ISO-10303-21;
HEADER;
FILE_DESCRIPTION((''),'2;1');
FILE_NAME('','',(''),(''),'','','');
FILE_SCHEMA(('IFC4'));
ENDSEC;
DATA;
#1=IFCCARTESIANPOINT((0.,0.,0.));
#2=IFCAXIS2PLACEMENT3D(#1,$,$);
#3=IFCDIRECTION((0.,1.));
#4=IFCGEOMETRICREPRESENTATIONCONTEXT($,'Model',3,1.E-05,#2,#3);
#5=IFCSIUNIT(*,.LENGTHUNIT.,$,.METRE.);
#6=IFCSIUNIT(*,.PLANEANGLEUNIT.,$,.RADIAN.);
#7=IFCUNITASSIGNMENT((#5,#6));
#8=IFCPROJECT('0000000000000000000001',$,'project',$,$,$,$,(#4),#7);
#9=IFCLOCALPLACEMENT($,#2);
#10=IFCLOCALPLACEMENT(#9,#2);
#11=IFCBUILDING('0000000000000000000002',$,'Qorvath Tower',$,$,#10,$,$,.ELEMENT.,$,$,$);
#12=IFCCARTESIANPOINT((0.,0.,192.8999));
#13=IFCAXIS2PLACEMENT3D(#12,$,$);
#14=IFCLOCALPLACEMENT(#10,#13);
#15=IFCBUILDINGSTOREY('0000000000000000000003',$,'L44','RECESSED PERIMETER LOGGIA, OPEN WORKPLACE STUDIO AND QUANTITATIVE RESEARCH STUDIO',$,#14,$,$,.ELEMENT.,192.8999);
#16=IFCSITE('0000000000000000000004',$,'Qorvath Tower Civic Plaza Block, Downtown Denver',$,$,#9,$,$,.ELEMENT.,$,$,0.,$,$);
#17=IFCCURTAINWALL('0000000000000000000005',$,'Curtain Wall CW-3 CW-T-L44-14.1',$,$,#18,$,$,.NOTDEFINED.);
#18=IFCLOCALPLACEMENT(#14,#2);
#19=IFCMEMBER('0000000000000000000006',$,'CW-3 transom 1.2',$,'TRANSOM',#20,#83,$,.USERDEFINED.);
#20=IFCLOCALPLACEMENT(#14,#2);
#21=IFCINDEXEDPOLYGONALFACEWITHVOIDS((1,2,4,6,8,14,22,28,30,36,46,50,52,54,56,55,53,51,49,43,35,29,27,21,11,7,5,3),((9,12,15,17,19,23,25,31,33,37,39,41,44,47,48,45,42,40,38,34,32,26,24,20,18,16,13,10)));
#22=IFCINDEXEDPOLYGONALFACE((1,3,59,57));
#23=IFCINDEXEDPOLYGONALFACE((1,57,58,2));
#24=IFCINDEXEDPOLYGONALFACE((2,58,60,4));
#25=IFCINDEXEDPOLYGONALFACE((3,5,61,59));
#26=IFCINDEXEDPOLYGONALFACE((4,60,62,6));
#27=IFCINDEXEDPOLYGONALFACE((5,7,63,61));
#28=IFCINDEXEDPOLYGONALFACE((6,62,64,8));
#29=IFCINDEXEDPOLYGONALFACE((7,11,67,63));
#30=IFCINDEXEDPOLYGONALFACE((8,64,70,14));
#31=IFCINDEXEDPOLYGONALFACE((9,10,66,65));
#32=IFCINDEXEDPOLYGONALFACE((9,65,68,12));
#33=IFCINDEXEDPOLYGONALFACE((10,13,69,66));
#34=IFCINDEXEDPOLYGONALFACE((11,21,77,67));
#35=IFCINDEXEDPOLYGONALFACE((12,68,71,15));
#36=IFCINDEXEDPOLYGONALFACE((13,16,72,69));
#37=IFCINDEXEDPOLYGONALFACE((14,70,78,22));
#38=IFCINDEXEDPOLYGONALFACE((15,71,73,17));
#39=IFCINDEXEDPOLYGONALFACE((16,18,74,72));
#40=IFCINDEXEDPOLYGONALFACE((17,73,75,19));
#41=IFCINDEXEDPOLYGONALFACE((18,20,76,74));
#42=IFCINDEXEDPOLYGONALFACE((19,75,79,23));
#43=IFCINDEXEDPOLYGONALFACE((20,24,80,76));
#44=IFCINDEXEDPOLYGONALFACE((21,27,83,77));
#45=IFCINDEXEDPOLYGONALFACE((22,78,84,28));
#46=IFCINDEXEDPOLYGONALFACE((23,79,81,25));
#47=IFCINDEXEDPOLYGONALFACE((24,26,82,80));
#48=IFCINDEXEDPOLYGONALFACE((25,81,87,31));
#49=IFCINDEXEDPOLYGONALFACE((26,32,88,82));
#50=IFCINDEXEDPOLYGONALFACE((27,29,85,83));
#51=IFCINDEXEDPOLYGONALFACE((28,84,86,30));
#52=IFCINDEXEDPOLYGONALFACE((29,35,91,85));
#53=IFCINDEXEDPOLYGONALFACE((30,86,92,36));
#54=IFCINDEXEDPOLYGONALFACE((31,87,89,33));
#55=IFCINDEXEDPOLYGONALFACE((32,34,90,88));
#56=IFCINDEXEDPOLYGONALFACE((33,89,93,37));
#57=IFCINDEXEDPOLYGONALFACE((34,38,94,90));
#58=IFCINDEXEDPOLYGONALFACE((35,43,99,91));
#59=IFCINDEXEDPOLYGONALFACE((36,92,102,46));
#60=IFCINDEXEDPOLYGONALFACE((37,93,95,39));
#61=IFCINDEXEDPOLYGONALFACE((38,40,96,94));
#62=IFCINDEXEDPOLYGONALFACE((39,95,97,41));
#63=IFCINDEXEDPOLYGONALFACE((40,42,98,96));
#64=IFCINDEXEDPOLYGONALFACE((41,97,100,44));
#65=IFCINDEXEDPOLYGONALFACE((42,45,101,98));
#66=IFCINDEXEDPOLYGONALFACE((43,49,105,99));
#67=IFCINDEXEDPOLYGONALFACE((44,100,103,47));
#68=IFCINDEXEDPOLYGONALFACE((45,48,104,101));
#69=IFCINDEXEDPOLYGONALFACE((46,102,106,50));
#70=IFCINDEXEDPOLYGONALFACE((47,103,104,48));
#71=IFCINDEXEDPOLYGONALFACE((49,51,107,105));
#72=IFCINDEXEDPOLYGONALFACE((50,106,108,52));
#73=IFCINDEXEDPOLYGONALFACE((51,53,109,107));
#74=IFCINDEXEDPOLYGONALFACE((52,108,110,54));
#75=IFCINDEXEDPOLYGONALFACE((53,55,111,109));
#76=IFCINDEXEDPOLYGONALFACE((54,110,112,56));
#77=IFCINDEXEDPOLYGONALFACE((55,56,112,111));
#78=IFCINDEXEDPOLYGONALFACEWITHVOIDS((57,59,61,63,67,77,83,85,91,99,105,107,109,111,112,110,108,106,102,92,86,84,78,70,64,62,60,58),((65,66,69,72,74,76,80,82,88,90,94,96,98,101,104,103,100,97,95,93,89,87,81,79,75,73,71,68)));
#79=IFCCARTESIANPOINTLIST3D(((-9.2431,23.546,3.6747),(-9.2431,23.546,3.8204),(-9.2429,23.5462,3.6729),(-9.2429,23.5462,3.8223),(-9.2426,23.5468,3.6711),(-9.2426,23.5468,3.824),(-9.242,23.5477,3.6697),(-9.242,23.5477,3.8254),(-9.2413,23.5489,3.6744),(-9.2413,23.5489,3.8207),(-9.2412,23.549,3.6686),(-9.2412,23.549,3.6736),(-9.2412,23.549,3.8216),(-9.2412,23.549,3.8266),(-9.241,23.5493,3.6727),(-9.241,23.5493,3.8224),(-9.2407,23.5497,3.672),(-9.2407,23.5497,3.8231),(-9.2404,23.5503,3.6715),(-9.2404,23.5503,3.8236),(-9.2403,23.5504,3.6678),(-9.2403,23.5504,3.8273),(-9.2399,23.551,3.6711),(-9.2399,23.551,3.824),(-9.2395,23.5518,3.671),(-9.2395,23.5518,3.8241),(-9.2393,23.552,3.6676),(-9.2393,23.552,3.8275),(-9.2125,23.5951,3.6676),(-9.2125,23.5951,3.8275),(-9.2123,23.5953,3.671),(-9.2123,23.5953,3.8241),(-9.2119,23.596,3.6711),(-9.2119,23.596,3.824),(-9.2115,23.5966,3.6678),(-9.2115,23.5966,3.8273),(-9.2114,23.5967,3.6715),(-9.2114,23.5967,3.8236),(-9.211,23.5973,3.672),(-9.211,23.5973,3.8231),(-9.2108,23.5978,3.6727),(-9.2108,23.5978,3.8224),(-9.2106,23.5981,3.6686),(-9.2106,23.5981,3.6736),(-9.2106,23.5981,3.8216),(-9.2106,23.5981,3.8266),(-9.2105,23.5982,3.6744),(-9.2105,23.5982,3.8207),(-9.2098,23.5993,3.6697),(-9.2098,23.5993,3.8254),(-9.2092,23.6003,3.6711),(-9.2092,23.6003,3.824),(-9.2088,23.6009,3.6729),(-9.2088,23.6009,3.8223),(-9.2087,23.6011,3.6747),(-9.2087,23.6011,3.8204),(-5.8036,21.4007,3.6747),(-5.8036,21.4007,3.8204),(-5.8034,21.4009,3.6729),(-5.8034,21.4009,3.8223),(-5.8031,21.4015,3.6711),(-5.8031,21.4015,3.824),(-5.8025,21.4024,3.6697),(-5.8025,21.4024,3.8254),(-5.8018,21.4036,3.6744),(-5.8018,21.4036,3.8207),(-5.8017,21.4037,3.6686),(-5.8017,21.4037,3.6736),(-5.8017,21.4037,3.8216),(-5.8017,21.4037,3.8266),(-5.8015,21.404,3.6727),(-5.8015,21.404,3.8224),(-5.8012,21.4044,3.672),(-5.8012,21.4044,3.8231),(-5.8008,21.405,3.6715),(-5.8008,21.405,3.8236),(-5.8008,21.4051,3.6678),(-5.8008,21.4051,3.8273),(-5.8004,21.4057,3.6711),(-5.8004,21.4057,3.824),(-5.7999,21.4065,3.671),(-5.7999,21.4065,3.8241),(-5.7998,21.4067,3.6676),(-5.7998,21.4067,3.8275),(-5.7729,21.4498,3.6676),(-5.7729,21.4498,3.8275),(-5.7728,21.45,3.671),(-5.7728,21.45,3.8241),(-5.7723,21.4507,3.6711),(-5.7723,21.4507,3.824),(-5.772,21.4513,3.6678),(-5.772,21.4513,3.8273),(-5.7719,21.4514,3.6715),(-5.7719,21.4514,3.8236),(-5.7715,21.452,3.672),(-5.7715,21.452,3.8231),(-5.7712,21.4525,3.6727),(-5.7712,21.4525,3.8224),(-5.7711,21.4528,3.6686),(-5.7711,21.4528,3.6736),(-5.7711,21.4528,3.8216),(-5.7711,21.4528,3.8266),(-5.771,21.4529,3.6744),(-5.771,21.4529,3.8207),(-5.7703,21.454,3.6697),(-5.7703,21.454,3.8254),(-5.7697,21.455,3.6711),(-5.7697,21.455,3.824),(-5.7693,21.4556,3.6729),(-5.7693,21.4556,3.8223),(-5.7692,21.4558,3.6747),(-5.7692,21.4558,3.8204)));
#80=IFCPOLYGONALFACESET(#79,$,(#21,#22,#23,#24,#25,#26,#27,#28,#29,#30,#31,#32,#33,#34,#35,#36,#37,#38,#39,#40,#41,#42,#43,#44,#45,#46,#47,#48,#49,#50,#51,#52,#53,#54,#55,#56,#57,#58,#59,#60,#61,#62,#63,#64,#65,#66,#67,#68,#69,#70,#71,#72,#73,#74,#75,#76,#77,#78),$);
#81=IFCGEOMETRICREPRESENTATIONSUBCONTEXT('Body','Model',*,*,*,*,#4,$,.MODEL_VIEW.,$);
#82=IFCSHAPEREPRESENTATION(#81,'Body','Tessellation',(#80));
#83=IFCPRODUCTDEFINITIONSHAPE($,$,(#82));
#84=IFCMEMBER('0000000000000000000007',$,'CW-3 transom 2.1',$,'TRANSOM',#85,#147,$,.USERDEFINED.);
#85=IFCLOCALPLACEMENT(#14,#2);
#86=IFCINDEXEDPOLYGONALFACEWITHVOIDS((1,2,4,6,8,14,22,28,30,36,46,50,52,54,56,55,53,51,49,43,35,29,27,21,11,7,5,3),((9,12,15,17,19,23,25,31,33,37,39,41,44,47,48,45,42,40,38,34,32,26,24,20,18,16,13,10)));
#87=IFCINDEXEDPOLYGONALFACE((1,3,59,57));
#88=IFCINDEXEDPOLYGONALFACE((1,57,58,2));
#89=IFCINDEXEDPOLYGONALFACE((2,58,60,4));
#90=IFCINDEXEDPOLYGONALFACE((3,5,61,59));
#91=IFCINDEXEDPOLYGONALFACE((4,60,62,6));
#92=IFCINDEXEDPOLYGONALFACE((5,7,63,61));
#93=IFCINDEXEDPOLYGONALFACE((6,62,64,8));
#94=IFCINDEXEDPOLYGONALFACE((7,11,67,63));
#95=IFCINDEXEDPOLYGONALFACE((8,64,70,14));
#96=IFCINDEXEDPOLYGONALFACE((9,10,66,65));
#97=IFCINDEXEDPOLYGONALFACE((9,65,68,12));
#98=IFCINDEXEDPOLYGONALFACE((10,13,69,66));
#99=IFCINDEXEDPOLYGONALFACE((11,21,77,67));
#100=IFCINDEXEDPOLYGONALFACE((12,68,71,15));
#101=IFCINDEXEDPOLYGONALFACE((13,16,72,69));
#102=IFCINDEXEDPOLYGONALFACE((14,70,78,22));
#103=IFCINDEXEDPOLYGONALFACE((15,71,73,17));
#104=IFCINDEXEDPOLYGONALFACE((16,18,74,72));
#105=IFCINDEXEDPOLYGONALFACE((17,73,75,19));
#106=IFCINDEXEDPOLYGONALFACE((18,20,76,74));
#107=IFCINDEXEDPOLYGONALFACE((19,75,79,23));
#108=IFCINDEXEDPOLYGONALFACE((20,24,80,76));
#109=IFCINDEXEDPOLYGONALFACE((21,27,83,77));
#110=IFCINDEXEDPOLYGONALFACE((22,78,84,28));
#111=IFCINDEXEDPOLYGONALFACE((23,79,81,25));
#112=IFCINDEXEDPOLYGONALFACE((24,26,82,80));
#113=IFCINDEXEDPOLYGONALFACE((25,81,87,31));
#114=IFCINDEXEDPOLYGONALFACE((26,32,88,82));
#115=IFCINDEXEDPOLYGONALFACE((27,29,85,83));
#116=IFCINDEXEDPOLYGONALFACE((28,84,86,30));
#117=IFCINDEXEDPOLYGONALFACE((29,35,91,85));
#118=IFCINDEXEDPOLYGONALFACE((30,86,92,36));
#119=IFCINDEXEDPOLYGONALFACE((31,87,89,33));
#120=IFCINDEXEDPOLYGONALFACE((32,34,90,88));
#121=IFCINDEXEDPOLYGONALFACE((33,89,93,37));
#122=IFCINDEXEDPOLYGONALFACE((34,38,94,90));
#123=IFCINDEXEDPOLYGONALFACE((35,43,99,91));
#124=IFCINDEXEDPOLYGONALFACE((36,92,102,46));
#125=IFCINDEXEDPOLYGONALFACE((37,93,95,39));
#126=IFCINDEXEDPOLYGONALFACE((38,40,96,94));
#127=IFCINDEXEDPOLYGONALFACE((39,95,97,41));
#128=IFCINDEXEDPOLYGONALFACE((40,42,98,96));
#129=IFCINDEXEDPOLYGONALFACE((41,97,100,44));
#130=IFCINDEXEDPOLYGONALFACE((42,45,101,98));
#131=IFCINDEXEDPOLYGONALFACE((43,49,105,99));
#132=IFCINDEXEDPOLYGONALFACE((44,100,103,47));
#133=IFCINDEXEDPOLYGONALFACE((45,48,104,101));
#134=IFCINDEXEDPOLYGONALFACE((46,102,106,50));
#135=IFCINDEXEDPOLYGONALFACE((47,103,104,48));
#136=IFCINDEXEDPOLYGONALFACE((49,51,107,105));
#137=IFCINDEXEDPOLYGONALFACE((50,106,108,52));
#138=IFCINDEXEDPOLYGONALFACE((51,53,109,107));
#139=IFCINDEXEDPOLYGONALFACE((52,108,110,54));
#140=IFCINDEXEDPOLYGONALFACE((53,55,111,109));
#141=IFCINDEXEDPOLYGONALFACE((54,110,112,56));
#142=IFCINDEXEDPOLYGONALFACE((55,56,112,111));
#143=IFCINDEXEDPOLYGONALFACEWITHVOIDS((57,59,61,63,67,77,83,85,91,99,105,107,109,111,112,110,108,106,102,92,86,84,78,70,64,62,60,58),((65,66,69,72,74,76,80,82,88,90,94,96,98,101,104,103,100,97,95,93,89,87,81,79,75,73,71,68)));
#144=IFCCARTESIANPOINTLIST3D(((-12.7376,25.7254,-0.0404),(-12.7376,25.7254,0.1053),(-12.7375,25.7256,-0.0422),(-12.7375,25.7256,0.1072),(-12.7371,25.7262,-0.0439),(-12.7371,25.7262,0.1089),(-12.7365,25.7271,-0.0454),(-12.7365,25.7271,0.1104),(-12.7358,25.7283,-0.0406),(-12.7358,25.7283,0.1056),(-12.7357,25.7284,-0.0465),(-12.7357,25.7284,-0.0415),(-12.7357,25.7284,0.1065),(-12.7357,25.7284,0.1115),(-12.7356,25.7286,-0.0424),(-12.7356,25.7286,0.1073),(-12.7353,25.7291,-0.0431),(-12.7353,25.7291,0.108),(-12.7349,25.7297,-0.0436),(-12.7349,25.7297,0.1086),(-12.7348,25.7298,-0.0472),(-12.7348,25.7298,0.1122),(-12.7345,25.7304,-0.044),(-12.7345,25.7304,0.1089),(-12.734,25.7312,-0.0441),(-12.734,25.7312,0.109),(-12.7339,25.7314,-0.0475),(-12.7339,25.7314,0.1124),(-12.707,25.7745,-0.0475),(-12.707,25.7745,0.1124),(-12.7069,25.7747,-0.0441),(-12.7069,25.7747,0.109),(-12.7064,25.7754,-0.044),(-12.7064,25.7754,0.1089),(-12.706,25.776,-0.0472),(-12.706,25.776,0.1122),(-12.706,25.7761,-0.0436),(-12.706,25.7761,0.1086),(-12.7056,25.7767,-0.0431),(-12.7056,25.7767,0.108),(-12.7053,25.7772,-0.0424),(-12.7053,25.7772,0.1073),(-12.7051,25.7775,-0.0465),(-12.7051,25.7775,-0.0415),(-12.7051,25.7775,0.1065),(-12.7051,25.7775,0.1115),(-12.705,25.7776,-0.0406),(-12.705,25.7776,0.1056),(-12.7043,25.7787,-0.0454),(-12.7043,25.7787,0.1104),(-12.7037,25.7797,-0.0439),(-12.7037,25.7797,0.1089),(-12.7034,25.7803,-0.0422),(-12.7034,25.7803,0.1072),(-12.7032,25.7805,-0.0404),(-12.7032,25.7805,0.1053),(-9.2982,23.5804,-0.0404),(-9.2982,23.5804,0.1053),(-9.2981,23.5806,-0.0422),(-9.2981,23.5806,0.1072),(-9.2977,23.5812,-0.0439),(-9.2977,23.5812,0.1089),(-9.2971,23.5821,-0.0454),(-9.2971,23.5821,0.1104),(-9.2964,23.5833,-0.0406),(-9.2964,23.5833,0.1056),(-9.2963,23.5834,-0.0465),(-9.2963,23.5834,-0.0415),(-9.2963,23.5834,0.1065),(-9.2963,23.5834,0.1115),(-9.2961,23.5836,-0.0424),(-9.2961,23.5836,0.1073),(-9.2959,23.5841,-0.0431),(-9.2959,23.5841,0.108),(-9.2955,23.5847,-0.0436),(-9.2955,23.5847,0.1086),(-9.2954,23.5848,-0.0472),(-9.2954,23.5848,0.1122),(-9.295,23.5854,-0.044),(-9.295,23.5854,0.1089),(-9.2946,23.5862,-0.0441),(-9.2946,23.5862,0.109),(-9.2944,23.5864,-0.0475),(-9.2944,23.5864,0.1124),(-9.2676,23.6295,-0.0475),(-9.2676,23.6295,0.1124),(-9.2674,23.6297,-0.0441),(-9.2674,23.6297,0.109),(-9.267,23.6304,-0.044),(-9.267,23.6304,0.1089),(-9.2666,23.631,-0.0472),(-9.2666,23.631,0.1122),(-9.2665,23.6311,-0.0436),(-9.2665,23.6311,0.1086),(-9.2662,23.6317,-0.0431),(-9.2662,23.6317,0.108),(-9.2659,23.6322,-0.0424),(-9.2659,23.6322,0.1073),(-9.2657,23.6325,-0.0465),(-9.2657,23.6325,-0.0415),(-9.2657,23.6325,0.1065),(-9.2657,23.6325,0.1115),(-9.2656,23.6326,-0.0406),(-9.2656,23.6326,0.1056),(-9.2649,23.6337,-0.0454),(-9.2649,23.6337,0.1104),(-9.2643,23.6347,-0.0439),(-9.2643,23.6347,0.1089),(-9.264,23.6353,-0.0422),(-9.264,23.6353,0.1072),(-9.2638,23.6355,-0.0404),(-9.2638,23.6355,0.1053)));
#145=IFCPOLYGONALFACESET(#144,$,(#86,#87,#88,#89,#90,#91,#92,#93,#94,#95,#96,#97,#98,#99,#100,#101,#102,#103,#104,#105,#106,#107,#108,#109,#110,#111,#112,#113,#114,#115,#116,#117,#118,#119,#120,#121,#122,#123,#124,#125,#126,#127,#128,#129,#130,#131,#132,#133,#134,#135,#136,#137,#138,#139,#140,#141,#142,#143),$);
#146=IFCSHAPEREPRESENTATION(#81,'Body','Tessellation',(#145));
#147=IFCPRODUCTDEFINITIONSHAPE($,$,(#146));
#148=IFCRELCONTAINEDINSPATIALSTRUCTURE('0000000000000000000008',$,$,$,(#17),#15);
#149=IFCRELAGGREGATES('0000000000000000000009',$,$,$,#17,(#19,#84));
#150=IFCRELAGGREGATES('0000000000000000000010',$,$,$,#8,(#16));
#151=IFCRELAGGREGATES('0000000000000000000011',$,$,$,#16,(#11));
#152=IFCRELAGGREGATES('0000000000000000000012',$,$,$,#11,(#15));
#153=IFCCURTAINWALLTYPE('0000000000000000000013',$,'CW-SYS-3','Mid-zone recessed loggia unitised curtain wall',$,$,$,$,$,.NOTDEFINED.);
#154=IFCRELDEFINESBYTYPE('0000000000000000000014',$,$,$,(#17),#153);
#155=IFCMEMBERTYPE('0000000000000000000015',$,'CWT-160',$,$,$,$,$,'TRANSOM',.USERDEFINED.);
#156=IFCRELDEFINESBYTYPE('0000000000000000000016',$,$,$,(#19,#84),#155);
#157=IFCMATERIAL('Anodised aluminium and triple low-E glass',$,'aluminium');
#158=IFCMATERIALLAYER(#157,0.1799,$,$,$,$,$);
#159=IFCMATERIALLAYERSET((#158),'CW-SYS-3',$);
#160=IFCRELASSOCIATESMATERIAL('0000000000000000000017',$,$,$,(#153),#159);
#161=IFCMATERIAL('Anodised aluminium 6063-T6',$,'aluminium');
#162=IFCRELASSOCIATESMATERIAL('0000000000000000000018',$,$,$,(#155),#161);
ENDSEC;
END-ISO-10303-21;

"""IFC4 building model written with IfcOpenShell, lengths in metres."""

from ifc_helpers import new_model, si_unit, direction, frame, origin, origin_2d, place, context, subcontext, project, spatial, hollow_rectangle, extrude, material, layer, layer_set, material_profile, profile_set, type_object, element, aggregate, save


model = new_model("IFC4")

# Units and contexts
model_context = context("Model", 3, precision=1e-05, world=origin(), true_north=direction((0.0, 1.0)))
body_context = subcontext(model_context, "Body", "Model", "MODEL_VIEW")
ifc_project = project(units=[si_unit("LENGTHUNIT", "METRE"), si_unit("PLANEANGLEUNIT", "RADIAN")], contexts=[model_context])

# Site, building, storey
site_placement = place(None, origin())
site = spatial("IfcSite", under=ifc_project, at=site_placement, Name="Qorvath Tower Civic Plaza Block, Downtown Denver", CompositionType="ELEMENT", RefElevation=0.0)
building_placement = place(site_placement, origin())
building = spatial("IfcBuilding", under=site, at=building_placement, Name="Qorvath Tower", CompositionType="ELEMENT")
storey_placement = place(building_placement, frame((0.0, 0.0, 192.8999)))
storey = spatial("IfcBuildingStorey", under=building, at=storey_placement, Name="L44", Description="RECESSED PERIMETER LOGGIA, OPEN WORKPLACE STUDIO AND QUANTITATIVE RESEARCH STUDIO", CompositionType="ELEMENT", Elevation=192.8999)

# Shared definitions
ifc_material_1 = material(Name="Anodised aluminium and triple low-E glass", Category="aluminium")
ifc_layer_1 = layer(ifc_material_1, 0.1799)
ifc_layer_set_1 = layer_set([ifc_layer_1], Name="CW-SYS-3")
curtain_wall_type = type_object("IfcCurtainWallType", Name="CW-SYS-3", Description="Mid-zone recessed loggia unitised curtain wall", PredefinedType="NOTDEFINED", material=ifc_layer_set_1)

# Curtain wall
curtain_wall_1_placement = place(storey_placement, origin())
curtain_wall_1 = element("IfcCurtainWall", 1, at=curtain_wall_1_placement, inside=storey, type_object=curtain_wall_type, Name="Curtain Wall CW-3 CW-T-L44-14.1", PredefinedType="NOTDEFINED")

# Members
ifc_material_2 = material(Name="Anodised aluminium 6063-T6", Category="aluminium")
ifc_material_profile_1 = material_profile(ifc_material_2, hollow_rectangle(XDim=0.0649, YDim=0.1599, WallThickness=0.0034, InnerFilletRadius=0.0034, OuterFilletRadius=0.0071, at=origin_2d()), Name="CWT 160x65")
ifc_profile_set_1 = profile_set([ifc_material_profile_1], Name="Anodised aluminium 6063-T6")
member_type_1 = type_object("IfcMemberType", Name="CWT-160", ElementType="TRANSOM", PredefinedType="USERDEFINED", material=ifc_profile_set_1)
member_1_placement = place(storey_placement, frame((-5.7864, 21.4282, 3.7476), z_axis=(-0.848485, 0.529219, 0.0), x_axis=(-0.529219, -0.848485, 0.0)))
member_1 = element("IfcMember", 2, at=member_1_placement, type_object=member_type_1, Name="CW-3 transom 1.2", ObjectType="TRANSOM", PredefinedType="USERDEFINED", context=body_context, shape_type="SweptSolid", body=[
    extrude(hollow_rectangle(XDim=0.0649, YDim=0.1599, WallThickness=0.0034, InnerFilletRadius=0.0034, OuterFilletRadius=0.0071, at=origin_2d()), origin(), (0.0, 0.0, 1.0), 4.0537),
])
member_2_placement = place(storey_placement, frame((-9.281, 23.6079, 0.0325), z_axis=(-0.848512, 0.529176, 0.0), x_axis=(-0.529176, -0.848512, 0.0)))
member_2 = element("IfcMember", 3, at=member_2_placement, type_object=member_type_1, Name="CW-3 transom 2.1", ObjectType="TRANSOM", PredefinedType="USERDEFINED", context=body_context, shape_type="SweptSolid", body=[
    extrude(hollow_rectangle(XDim=0.0649, YDim=0.1599, WallThickness=0.0034, InnerFilletRadius=0.0034, OuterFilletRadius=0.0071, at=origin_2d()), origin(), (0.0, 0.0, 1.0), 4.0535),
])

aggregate(curtain_wall_1, [member_1, member_2])

save(model, "model.ifc")
